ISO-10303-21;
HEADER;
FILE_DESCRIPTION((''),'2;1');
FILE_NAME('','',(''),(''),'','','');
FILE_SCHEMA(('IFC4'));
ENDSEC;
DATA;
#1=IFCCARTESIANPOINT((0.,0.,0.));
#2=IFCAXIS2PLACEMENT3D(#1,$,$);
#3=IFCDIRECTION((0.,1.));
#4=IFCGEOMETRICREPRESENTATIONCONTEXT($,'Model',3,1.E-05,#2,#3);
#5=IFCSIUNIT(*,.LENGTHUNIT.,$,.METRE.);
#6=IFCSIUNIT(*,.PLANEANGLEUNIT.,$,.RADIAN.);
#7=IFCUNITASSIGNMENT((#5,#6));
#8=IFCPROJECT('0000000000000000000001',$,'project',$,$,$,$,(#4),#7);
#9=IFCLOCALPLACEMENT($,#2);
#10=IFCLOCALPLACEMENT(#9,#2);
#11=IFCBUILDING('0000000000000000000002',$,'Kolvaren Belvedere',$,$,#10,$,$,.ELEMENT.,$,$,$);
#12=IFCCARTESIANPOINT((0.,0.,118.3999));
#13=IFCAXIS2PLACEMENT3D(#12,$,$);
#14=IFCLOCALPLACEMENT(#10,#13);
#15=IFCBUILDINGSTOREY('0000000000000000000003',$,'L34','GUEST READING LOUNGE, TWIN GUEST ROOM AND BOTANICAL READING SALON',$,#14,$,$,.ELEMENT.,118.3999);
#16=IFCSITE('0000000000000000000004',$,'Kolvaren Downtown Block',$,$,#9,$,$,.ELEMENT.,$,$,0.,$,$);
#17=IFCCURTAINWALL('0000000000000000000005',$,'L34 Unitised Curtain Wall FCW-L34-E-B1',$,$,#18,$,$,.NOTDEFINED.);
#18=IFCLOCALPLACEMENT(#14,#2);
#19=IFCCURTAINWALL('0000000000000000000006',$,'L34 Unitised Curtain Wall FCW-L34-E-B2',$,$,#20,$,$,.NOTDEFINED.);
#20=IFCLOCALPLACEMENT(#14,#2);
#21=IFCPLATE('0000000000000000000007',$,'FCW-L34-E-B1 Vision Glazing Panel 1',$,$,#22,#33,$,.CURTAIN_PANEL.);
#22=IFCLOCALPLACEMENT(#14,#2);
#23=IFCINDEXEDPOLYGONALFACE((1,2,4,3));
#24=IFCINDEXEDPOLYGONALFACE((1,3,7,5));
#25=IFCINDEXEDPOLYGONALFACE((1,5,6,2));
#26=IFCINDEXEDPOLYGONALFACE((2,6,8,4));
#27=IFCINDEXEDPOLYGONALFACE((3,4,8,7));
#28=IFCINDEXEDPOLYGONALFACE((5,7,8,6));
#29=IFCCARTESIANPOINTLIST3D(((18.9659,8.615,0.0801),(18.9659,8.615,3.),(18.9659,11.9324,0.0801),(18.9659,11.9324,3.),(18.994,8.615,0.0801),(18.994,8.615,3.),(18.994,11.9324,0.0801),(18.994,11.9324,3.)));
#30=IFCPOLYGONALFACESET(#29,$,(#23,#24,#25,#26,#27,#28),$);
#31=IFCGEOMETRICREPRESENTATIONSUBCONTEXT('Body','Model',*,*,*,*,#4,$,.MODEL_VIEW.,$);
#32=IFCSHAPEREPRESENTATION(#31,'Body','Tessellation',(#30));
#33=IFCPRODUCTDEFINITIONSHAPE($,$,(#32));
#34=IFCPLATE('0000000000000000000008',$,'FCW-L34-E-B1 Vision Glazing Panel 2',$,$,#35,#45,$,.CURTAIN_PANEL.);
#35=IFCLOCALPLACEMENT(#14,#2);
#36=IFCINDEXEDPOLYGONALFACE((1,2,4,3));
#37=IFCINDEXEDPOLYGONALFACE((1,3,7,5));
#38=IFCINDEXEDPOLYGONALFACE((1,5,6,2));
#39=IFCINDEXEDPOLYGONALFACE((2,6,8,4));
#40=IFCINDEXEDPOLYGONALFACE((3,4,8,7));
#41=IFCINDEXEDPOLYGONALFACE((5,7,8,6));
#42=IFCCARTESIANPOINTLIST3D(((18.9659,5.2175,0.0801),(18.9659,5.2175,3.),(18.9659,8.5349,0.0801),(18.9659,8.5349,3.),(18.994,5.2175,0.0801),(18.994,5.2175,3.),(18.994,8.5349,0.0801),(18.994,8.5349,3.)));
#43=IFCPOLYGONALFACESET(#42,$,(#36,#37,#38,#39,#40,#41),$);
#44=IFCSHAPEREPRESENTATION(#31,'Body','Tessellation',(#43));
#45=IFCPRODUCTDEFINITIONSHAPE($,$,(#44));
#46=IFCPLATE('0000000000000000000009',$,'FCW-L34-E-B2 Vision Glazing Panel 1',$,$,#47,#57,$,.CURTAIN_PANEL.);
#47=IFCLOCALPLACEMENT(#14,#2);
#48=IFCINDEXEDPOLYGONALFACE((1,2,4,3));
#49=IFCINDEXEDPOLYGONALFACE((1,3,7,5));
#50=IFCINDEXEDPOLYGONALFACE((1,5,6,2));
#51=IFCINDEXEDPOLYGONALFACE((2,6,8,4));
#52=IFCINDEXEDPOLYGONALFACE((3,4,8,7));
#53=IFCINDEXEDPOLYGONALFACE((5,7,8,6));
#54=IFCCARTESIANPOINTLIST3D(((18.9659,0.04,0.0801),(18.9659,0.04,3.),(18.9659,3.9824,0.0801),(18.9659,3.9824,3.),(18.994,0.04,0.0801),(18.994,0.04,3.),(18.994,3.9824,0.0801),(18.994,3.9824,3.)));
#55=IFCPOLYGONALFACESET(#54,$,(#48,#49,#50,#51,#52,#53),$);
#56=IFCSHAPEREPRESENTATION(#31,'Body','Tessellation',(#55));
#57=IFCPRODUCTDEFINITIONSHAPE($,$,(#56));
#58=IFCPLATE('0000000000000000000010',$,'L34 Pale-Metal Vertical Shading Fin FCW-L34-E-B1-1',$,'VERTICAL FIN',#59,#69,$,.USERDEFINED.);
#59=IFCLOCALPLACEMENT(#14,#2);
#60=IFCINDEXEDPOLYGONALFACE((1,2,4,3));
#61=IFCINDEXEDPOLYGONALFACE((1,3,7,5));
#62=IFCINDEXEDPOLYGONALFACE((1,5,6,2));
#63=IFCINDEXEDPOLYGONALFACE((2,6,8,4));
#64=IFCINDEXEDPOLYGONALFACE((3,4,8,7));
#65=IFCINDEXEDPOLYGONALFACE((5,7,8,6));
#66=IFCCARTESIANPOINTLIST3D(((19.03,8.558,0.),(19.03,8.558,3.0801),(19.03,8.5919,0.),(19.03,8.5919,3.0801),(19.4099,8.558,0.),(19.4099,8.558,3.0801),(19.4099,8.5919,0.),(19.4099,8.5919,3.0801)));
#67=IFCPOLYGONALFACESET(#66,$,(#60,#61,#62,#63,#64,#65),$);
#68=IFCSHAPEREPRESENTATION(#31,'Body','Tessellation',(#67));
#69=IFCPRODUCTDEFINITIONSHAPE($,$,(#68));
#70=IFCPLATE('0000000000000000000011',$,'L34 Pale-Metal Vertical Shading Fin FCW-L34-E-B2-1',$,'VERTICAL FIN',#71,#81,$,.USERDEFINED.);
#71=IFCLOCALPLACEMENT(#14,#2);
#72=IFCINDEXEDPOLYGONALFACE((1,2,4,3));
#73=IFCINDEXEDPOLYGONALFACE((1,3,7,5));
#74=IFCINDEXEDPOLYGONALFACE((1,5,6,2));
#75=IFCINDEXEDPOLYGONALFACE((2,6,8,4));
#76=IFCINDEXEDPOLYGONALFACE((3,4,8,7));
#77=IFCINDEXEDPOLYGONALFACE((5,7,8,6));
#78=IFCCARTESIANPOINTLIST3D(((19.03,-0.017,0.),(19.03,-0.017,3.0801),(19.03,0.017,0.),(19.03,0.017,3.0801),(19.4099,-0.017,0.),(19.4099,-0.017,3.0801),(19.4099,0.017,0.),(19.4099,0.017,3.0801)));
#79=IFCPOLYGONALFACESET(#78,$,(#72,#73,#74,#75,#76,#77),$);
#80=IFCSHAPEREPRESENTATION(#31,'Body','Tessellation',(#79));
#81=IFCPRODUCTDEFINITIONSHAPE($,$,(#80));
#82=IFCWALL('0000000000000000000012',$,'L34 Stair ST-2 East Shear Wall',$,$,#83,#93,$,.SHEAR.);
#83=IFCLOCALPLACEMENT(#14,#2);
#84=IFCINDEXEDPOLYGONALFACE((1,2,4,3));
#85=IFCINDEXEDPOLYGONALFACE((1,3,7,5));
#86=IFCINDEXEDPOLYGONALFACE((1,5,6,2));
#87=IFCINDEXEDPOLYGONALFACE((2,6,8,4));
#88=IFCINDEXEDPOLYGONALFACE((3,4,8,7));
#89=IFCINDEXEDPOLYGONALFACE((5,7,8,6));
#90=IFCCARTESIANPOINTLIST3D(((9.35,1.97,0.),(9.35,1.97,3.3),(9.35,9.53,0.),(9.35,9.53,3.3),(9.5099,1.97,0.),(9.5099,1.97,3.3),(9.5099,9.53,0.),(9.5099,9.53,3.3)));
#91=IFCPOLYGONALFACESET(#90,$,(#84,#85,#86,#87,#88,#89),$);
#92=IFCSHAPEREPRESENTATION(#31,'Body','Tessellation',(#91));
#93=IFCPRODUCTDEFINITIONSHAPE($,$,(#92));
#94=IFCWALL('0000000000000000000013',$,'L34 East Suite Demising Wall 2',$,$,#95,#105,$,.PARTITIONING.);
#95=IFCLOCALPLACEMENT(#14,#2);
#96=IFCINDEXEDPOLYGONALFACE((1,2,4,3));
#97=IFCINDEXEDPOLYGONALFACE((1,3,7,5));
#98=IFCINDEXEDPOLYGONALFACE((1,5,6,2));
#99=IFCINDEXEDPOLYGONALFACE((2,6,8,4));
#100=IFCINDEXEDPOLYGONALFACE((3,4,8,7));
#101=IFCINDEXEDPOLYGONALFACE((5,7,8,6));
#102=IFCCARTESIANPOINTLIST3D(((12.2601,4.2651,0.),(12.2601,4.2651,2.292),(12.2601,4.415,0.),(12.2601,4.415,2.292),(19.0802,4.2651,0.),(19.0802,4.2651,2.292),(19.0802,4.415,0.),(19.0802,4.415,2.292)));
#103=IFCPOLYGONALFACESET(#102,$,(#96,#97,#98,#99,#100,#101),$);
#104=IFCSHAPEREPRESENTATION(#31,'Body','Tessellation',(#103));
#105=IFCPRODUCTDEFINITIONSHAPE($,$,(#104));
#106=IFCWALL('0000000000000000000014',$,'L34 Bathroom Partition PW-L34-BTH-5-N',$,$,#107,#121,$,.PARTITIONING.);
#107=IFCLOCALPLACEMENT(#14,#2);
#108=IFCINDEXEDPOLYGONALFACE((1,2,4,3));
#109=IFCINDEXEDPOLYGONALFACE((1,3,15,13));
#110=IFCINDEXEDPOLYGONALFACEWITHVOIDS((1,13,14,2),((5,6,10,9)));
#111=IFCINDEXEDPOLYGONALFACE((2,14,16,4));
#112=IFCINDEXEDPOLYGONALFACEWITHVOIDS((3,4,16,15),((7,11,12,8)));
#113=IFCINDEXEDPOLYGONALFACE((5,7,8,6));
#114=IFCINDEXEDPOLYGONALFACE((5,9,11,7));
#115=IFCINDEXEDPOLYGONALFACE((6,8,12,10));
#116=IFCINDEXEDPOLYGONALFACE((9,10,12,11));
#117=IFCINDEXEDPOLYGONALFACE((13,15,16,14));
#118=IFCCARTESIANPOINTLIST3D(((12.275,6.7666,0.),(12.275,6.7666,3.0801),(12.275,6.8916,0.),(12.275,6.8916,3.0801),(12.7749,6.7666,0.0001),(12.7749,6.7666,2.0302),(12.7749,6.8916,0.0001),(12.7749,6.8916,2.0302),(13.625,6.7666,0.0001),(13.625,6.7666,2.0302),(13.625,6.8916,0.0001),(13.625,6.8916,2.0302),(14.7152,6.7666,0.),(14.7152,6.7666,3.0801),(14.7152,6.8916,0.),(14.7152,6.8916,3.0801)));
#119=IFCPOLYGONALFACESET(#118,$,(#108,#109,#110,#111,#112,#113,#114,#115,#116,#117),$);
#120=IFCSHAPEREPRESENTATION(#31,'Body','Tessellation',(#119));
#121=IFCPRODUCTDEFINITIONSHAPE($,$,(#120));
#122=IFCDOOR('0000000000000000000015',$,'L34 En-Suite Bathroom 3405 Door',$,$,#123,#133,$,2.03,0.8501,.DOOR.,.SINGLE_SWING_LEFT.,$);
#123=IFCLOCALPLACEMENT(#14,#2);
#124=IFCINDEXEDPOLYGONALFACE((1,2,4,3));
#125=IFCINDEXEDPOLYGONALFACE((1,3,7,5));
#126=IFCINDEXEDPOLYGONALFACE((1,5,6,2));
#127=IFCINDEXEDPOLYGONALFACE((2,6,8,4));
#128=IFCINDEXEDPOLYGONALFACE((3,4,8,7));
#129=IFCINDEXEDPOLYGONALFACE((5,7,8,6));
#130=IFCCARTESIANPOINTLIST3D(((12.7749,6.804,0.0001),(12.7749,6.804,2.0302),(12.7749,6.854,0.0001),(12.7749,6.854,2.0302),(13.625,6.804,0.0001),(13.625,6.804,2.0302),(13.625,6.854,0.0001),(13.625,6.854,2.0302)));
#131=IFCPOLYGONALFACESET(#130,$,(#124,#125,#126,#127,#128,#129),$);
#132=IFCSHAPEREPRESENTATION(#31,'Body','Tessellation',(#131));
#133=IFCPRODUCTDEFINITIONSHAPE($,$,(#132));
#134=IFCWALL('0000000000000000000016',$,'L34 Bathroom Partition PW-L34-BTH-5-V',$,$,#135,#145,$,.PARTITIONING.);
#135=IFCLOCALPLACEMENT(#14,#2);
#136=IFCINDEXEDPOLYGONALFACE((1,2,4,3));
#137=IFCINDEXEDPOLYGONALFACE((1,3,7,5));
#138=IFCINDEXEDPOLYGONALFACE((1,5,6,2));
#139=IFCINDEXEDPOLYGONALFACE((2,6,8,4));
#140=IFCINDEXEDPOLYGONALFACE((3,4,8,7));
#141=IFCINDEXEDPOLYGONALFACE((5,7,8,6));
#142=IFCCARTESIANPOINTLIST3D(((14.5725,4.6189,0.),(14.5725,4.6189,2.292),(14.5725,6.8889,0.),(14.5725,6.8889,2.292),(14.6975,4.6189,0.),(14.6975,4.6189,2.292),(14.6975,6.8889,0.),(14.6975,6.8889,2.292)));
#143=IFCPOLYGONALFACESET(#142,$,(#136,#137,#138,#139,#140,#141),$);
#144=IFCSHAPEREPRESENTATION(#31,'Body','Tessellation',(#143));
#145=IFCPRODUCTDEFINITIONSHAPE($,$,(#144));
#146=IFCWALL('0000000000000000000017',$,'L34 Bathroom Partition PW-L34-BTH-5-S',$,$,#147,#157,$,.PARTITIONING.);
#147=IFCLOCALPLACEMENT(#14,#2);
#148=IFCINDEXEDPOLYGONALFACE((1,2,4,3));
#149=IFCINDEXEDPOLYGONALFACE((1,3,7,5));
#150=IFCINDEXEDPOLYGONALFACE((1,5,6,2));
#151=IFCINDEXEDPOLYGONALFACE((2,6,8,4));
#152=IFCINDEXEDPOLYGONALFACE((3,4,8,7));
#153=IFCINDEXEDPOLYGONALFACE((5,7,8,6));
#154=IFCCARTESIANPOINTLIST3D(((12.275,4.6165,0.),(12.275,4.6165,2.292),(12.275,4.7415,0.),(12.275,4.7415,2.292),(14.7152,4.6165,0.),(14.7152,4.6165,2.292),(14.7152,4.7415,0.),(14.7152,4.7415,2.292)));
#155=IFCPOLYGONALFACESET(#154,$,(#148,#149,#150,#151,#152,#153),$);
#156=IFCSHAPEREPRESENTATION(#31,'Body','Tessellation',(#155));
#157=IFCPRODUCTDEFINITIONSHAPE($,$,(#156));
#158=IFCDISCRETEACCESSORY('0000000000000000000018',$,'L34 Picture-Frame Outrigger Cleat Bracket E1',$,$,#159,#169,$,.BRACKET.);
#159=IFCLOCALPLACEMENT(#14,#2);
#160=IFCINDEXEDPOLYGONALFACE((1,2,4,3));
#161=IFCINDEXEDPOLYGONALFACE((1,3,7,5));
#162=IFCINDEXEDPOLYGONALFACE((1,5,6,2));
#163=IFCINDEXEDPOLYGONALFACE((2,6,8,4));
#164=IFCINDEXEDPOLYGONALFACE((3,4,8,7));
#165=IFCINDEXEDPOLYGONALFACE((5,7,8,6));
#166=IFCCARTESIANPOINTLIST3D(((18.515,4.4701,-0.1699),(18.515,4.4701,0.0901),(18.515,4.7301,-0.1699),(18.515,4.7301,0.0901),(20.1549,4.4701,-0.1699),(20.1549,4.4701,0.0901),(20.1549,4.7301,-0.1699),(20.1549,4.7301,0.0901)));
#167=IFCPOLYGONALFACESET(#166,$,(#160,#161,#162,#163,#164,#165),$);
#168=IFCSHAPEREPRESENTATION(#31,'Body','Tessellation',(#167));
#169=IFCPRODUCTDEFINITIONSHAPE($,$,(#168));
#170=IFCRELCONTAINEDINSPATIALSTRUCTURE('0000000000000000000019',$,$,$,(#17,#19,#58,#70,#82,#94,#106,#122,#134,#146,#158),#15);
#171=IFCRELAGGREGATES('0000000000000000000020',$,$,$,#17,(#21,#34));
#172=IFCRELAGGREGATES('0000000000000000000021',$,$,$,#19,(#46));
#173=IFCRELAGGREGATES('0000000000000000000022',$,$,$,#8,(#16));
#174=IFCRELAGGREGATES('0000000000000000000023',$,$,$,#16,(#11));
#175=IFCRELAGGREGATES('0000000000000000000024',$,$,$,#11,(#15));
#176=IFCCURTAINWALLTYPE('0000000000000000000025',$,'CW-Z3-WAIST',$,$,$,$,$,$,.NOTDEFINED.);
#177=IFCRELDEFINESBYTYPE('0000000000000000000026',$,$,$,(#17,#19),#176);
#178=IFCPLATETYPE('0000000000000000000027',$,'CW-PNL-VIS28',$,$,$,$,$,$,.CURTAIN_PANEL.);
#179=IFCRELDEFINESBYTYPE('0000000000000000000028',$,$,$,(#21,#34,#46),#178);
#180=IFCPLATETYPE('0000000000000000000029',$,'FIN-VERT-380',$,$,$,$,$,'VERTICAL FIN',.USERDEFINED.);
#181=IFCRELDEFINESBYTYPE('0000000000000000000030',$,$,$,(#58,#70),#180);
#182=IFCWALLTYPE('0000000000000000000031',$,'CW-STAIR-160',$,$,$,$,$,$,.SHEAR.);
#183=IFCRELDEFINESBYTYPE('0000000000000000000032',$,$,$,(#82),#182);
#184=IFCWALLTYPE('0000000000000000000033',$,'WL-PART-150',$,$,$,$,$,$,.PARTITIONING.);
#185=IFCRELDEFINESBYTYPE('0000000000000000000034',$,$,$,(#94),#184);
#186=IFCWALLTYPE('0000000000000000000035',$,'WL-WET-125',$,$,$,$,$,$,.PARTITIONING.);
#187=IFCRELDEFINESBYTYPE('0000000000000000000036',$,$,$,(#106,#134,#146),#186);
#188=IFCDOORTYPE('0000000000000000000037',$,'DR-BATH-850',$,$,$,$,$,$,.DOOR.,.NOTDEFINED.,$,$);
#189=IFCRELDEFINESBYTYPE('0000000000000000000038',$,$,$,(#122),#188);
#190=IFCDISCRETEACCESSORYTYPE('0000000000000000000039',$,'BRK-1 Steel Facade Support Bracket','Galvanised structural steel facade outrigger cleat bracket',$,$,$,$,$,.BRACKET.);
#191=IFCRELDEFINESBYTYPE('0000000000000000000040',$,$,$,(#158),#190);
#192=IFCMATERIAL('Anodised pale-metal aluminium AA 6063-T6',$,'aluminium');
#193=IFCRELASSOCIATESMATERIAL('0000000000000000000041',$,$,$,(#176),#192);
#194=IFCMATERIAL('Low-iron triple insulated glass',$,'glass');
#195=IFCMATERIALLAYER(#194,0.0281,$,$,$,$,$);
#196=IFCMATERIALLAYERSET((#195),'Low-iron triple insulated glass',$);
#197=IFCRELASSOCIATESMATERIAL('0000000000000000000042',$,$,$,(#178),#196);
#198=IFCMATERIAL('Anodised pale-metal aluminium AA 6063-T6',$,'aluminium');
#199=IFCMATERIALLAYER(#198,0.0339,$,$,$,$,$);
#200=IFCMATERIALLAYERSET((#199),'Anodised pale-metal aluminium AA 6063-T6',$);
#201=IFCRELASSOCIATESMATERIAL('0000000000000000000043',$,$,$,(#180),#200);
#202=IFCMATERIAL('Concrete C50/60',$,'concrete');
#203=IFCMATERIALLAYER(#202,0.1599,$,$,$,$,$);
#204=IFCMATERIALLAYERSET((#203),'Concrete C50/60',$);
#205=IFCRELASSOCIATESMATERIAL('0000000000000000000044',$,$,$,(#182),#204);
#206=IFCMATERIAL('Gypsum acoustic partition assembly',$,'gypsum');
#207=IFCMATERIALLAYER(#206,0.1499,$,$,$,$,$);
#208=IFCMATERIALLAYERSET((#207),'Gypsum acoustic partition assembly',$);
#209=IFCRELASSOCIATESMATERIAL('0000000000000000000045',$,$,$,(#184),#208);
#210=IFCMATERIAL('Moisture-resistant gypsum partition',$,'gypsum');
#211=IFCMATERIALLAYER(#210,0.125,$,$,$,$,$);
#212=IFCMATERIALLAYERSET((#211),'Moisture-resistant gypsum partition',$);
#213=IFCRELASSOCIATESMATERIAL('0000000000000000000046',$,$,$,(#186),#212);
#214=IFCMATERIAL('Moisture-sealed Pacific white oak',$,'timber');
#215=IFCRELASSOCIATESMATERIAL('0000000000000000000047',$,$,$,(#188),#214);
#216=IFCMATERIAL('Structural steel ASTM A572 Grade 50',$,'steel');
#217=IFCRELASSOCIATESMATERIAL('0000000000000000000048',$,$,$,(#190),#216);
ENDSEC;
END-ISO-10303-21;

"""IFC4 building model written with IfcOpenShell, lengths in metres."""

from ifc_helpers import new_model, si_unit, direction, frame, frame_2d, origin, origin_2d, place, context, subcontext, project, spatial, rectangle, extrude, material, layer, layer_set, type_object, element, fill, aggregate, save


model = new_model("IFC4")

# Units and contexts
model_context = context("Model", 3, precision=1e-05, world=origin(), true_north=direction((0.0, 1.0)))
body_context = subcontext(model_context, "Body", "Model", "MODEL_VIEW")
ifc_project = project(units=[si_unit("LENGTHUNIT", "METRE"), si_unit("PLANEANGLEUNIT", "RADIAN")], contexts=[model_context])

# Site, building, storey
site_placement = place(None, origin())
site = spatial("IfcSite", under=ifc_project, at=site_placement, Name="Kolvaren Downtown Block", CompositionType="ELEMENT", RefElevation=0.0)
building_placement = place(site_placement, origin())
building = spatial("IfcBuilding", under=site, at=building_placement, Name="Kolvaren Belvedere", CompositionType="ELEMENT")
storey_placement = place(building_placement, frame((0.0, 0.0, 118.3999)))
storey = spatial("IfcBuildingStorey", under=building, at=storey_placement, Name="L34", Description="GUEST READING LOUNGE, TWIN GUEST ROOM AND BOTANICAL READING SALON", CompositionType="ELEMENT", Elevation=118.3999)

# Curtain walls
ifc_material_1 = material(Name="Anodised pale-metal aluminium AA 6063-T6", Category="aluminium")
curtain_wall_type = type_object("IfcCurtainWallType", Name="CW-Z3-WAIST", PredefinedType="NOTDEFINED", material=ifc_material_1)
curtain_wall_1_placement = place(storey_placement, origin())
curtain_wall_1 = element("IfcCurtainWall", 1, at=curtain_wall_1_placement, inside=storey, type_object=curtain_wall_type, Name="L34 Unitised Curtain Wall FCW-L34-E-B1", PredefinedType="NOTDEFINED")
curtain_wall_2_placement = place(storey_placement, origin())
curtain_wall_2 = element("IfcCurtainWall", 2, at=curtain_wall_2_placement, inside=storey, type_object=curtain_wall_type, Name="L34 Unitised Curtain Wall FCW-L34-E-B2", PredefinedType="NOTDEFINED")

# Plates
ifc_material_2 = material(Name="Low-iron triple insulated glass", Category="glass")
ifc_layer_1 = layer(ifc_material_2, 0.0281)
ifc_layer_set_1 = layer_set([ifc_layer_1], Name="Low-iron triple insulated glass")
plate_type_1 = type_object("IfcPlateType", Name="CW-PNL-VIS28", PredefinedType="CURTAIN_PANEL", material=ifc_layer_set_1)
plate_1_placement = place(storey_placement, frame((18.98, 10.2737, 0.0801), z_axis=(0.0, 0.0, 1.0), x_axis=(0.0, -1.0, 0.0)))
plate_1 = element("IfcPlate", 3, at=plate_1_placement, type_object=plate_type_1, Name="FCW-L34-E-B1 Vision Glazing Panel 1", PredefinedType="CURTAIN_PANEL", context=body_context, shape_type="SweptSolid", body=[
    extrude(rectangle(XDim=3.3174, YDim=0.0281, at=origin_2d()), origin(), (0.0, 0.0, 1.0), 2.9199),
])
plate_2_placement = place(storey_placement, frame((18.98, 6.8762, 0.0801), z_axis=(0.0, 0.0, 1.0), x_axis=(0.0, -1.0, 0.0)))
plate_2 = element("IfcPlate", 4, at=plate_2_placement, type_object=plate_type_1, Name="FCW-L34-E-B1 Vision Glazing Panel 2", PredefinedType="CURTAIN_PANEL", context=body_context, shape_type="SweptSolid", body=[
    extrude(rectangle(XDim=3.3174, YDim=0.0281, at=origin_2d()), origin(), (0.0, 0.0, 1.0), 2.9199),
])
aggregate(curtain_wall_1, [plate_1, plate_2])
plate_3_placement = place(storey_placement, frame((18.98, 2.0112, 0.0801), z_axis=(0.0, 0.0, 1.0), x_axis=(0.0, -1.0, 0.0)))
plate_3 = element("IfcPlate", 5, at=plate_3_placement, type_object=plate_type_1, Name="FCW-L34-E-B2 Vision Glazing Panel 1", PredefinedType="CURTAIN_PANEL", context=body_context, shape_type="SweptSolid", body=[
    extrude(rectangle(XDim=3.9424, YDim=0.0281, at=origin_2d()), origin(), (0.0, 0.0, 1.0), 2.9199),
])
aggregate(curtain_wall_2, [plate_3])

# Plates
ifc_material_3 = material(Name="Anodised pale-metal aluminium AA 6063-T6", Category="aluminium")
ifc_layer_2 = layer(ifc_material_3, 0.0339)
ifc_layer_set_2 = layer_set([ifc_layer_2], Name="Anodised pale-metal aluminium AA 6063-T6")
plate_type_2 = type_object("IfcPlateType", Name="FIN-VERT-380", ElementType="VERTICAL FIN", PredefinedType="USERDEFINED", material=ifc_layer_set_2)
for number, where, z_axis, x_axis, name in (
    (6, (19.22, 8.575, 0.0), (0.0, 0.0, 1.0), (1.0, 0.0, 0.0), "L34 Pale-Metal Vertical Shading Fin FCW-L34-E-B1-1"),
    (7, (19.22, 0.0, 0.0), (0.0, 0.0, 1.0), (1.0, 0.0, 0.0), "L34 Pale-Metal Vertical Shading Fin FCW-L34-E-B2-1"),
):
    element("IfcPlate", number, at=place(storey_placement, frame(where, z_axis=z_axis, x_axis=x_axis)), inside=storey, type_object=plate_type_2, Name=name, ObjectType="VERTICAL FIN", PredefinedType="USERDEFINED", context=body_context, shape_type="SweptSolid", body=[
        extrude(rectangle(XDim=0.3799, YDim=0.0339, at=origin_2d()), origin(), (0.0, 0.0, 1.0), 3.0801),
    ])

# Walls
ifc_material_4 = material(Name="Concrete C50/60", Category="concrete")
ifc_layer_3 = layer(ifc_material_4, 0.1599)
ifc_layer_set_3 = layer_set([ifc_layer_3], Name="Concrete C50/60")
wall_type_1 = type_object("IfcWallType", Name="CW-STAIR-160", PredefinedType="SHEAR", material=ifc_layer_set_3)
wall_1_placement = place(storey_placement, frame((9.4299, 1.97, 0.0), z_axis=(0.0, 0.0, 1.0), x_axis=(0.0, 1.0, 0.0)))
element("IfcWall", 8, at=wall_1_placement, inside=storey, type_object=wall_type_1, Name="L34 Stair ST-2 East Shear Wall", PredefinedType="SHEAR", context=body_context, shape_type="SweptSolid", body=[
    extrude(rectangle(XDim=7.5601, YDim=0.1599, at=frame_2d((3.78, 0.0))), origin(), (0.0, 0.0, 1.0), 3.3),
])
ifc_material_5 = material(Name="Gypsum acoustic partition assembly", Category="gypsum")
ifc_layer_4 = layer(ifc_material_5, 0.1499)
ifc_layer_set_4 = layer_set([ifc_layer_4], Name="Gypsum acoustic partition assembly")
wall_type_2 = type_object("IfcWallType", Name="WL-PART-150", PredefinedType="PARTITIONING", material=ifc_layer_set_4)
wall_2_placement = place(storey_placement, frame((12.26, 4.3401, 0.0), z_axis=(0.0, 0.0, 1.0), x_axis=(1.0, 0.0, 0.0)))
element("IfcWall", 9, at=wall_2_placement, inside=storey, type_object=wall_type_2, Name="L34 East Suite Demising Wall 2", PredefinedType="PARTITIONING", context=body_context, shape_type="SweptSolid", body=[
    extrude(rectangle(XDim=6.8201, YDim=0.1499, at=frame_2d((3.4102, 0.0))), origin(), (0.0, 0.0, 1.0), 2.292),
])

# Wall, opening, door
ifc_material_6 = material(Name="Moisture-resistant gypsum partition", Category="gypsum")
ifc_layer_5 = layer(ifc_material_6, 0.125)
ifc_layer_set_5 = layer_set([ifc_layer_5], Name="Moisture-resistant gypsum partition")
wall_type_3 = type_object("IfcWallType", Name="WL-WET-125", PredefinedType="PARTITIONING", material=ifc_layer_set_5)
wall_3_placement = place(storey_placement, frame((12.2749, 6.8291, 0.0), z_axis=(0.0, 0.0, 1.0), x_axis=(1.0, 0.0, 0.0)))
wall_3 = element("IfcWall", 10, at=wall_3_placement, inside=storey, type_object=wall_type_3, Name="L34 Bathroom Partition PW-L34-BTH-5-N", PredefinedType="PARTITIONING", context=body_context, shape_type="SweptSolid", body=[
    extrude(rectangle(XDim=2.4402, YDim=0.125, at=frame_2d((1.2202, 0.0))), origin(), (0.0, 0.0, 1.0), 3.0801),
])
opening_placement = place(wall_3_placement, frame((0.5, 0.0, 0.0)))
opening = element("IfcOpeningElement", 11, at=opening_placement, cuts=wall_3, PredefinedType="OPENING", context=body_context, shape_type="SweptSolid", body=[
    extrude(rectangle(XDim=0.8501, YDim=2.03, at=frame_2d((0.425, 1.0151))), frame((0.0, 0.0725, 0.0), z_axis=(0.0, -1.0, 0.0), x_axis=(1.0, 0.0, 0.0)), (0.0, 0.0, 1.0), 0.145),
])
ifc_material_7 = material(Name="Moisture-sealed Pacific white oak", Category="timber")
door_type = type_object("IfcDoorType", Name="DR-BATH-850", OperationType="NOTDEFINED", PredefinedType="DOOR", material=ifc_material_7)
door_placement = place(opening_placement, origin())
door = element("IfcDoor", 12, at=door_placement, inside=storey, type_object=door_type, Name="L34 En-Suite Bathroom 3405 Door", OperationType="SINGLE_SWING_LEFT", OverallHeight=2.03, OverallWidth=0.8501, PredefinedType="DOOR", context=body_context, shape_type="SweptSolid", body=[
    extrude(rectangle(XDim=0.8501, YDim=2.03, at=frame_2d((0.425, 1.0151))), frame((0.0, 0.0249, 0.0), z_axis=(0.0, -1.0, 0.0), x_axis=(1.0, 0.0, 0.0)), (0.0, 0.0, 1.0), 0.05),
])
fill(opening, door)

# Walls
wall_4_placement = place(storey_placement, frame((14.635, 4.6189, 0.0), z_axis=(0.0, 0.0, 1.0), x_axis=(0.0, 1.0, 0.0)))
element("IfcWall", 13, at=wall_4_placement, inside=storey, type_object=wall_type_3, Name="L34 Bathroom Partition PW-L34-BTH-5-V", PredefinedType="PARTITIONING", context=body_context, shape_type="SweptSolid", body=[
    extrude(rectangle(XDim=2.27, YDim=0.125, at=frame_2d((1.135, 0.0))), origin(), (0.0, 0.0, 1.0), 2.292),
])
wall_5_placement = place(storey_placement, frame((12.2749, 4.679, 0.0), z_axis=(0.0, 0.0, 1.0), x_axis=(1.0, 0.0, 0.0)))
element("IfcWall", 14, at=wall_5_placement, inside=storey, type_object=wall_type_3, Name="L34 Bathroom Partition PW-L34-BTH-5-S", PredefinedType="PARTITIONING", context=body_context, shape_type="SweptSolid", body=[
    extrude(rectangle(XDim=2.4402, YDim=0.125, at=frame_2d((1.2202, 0.0))), origin(), (0.0, 0.0, 1.0), 2.292),
])

# Discrete accessory
ifc_material_8 = material(Name="Structural steel ASTM A572 Grade 50", Category="steel")
discrete_accessory_type = type_object("IfcDiscreteAccessoryType", Name="BRK-1 Steel Facade Support Bracket", Description="Galvanised structural steel facade outrigger cleat bracket", PredefinedType="BRACKET", material=ifc_material_8)
discrete_accessory_placement = place(storey_placement, frame((19.335, 4.6001, -0.1699), z_axis=(0.0, 0.0, 1.0), x_axis=(1.0, 0.0, 0.0)))
element("IfcDiscreteAccessory", 15, at=discrete_accessory_placement, inside=storey, type_object=discrete_accessory_type, Name="L34 Picture-Frame Outrigger Cleat Bracket E1", PredefinedType="BRACKET", context=body_context, shape_type="SweptSolid", body=[
    extrude(rectangle(XDim=1.6399, YDim=0.26, at=origin_2d()), origin(), (0.0, 0.0, 1.0), 0.26),
])

save(model, "model.ifc")
